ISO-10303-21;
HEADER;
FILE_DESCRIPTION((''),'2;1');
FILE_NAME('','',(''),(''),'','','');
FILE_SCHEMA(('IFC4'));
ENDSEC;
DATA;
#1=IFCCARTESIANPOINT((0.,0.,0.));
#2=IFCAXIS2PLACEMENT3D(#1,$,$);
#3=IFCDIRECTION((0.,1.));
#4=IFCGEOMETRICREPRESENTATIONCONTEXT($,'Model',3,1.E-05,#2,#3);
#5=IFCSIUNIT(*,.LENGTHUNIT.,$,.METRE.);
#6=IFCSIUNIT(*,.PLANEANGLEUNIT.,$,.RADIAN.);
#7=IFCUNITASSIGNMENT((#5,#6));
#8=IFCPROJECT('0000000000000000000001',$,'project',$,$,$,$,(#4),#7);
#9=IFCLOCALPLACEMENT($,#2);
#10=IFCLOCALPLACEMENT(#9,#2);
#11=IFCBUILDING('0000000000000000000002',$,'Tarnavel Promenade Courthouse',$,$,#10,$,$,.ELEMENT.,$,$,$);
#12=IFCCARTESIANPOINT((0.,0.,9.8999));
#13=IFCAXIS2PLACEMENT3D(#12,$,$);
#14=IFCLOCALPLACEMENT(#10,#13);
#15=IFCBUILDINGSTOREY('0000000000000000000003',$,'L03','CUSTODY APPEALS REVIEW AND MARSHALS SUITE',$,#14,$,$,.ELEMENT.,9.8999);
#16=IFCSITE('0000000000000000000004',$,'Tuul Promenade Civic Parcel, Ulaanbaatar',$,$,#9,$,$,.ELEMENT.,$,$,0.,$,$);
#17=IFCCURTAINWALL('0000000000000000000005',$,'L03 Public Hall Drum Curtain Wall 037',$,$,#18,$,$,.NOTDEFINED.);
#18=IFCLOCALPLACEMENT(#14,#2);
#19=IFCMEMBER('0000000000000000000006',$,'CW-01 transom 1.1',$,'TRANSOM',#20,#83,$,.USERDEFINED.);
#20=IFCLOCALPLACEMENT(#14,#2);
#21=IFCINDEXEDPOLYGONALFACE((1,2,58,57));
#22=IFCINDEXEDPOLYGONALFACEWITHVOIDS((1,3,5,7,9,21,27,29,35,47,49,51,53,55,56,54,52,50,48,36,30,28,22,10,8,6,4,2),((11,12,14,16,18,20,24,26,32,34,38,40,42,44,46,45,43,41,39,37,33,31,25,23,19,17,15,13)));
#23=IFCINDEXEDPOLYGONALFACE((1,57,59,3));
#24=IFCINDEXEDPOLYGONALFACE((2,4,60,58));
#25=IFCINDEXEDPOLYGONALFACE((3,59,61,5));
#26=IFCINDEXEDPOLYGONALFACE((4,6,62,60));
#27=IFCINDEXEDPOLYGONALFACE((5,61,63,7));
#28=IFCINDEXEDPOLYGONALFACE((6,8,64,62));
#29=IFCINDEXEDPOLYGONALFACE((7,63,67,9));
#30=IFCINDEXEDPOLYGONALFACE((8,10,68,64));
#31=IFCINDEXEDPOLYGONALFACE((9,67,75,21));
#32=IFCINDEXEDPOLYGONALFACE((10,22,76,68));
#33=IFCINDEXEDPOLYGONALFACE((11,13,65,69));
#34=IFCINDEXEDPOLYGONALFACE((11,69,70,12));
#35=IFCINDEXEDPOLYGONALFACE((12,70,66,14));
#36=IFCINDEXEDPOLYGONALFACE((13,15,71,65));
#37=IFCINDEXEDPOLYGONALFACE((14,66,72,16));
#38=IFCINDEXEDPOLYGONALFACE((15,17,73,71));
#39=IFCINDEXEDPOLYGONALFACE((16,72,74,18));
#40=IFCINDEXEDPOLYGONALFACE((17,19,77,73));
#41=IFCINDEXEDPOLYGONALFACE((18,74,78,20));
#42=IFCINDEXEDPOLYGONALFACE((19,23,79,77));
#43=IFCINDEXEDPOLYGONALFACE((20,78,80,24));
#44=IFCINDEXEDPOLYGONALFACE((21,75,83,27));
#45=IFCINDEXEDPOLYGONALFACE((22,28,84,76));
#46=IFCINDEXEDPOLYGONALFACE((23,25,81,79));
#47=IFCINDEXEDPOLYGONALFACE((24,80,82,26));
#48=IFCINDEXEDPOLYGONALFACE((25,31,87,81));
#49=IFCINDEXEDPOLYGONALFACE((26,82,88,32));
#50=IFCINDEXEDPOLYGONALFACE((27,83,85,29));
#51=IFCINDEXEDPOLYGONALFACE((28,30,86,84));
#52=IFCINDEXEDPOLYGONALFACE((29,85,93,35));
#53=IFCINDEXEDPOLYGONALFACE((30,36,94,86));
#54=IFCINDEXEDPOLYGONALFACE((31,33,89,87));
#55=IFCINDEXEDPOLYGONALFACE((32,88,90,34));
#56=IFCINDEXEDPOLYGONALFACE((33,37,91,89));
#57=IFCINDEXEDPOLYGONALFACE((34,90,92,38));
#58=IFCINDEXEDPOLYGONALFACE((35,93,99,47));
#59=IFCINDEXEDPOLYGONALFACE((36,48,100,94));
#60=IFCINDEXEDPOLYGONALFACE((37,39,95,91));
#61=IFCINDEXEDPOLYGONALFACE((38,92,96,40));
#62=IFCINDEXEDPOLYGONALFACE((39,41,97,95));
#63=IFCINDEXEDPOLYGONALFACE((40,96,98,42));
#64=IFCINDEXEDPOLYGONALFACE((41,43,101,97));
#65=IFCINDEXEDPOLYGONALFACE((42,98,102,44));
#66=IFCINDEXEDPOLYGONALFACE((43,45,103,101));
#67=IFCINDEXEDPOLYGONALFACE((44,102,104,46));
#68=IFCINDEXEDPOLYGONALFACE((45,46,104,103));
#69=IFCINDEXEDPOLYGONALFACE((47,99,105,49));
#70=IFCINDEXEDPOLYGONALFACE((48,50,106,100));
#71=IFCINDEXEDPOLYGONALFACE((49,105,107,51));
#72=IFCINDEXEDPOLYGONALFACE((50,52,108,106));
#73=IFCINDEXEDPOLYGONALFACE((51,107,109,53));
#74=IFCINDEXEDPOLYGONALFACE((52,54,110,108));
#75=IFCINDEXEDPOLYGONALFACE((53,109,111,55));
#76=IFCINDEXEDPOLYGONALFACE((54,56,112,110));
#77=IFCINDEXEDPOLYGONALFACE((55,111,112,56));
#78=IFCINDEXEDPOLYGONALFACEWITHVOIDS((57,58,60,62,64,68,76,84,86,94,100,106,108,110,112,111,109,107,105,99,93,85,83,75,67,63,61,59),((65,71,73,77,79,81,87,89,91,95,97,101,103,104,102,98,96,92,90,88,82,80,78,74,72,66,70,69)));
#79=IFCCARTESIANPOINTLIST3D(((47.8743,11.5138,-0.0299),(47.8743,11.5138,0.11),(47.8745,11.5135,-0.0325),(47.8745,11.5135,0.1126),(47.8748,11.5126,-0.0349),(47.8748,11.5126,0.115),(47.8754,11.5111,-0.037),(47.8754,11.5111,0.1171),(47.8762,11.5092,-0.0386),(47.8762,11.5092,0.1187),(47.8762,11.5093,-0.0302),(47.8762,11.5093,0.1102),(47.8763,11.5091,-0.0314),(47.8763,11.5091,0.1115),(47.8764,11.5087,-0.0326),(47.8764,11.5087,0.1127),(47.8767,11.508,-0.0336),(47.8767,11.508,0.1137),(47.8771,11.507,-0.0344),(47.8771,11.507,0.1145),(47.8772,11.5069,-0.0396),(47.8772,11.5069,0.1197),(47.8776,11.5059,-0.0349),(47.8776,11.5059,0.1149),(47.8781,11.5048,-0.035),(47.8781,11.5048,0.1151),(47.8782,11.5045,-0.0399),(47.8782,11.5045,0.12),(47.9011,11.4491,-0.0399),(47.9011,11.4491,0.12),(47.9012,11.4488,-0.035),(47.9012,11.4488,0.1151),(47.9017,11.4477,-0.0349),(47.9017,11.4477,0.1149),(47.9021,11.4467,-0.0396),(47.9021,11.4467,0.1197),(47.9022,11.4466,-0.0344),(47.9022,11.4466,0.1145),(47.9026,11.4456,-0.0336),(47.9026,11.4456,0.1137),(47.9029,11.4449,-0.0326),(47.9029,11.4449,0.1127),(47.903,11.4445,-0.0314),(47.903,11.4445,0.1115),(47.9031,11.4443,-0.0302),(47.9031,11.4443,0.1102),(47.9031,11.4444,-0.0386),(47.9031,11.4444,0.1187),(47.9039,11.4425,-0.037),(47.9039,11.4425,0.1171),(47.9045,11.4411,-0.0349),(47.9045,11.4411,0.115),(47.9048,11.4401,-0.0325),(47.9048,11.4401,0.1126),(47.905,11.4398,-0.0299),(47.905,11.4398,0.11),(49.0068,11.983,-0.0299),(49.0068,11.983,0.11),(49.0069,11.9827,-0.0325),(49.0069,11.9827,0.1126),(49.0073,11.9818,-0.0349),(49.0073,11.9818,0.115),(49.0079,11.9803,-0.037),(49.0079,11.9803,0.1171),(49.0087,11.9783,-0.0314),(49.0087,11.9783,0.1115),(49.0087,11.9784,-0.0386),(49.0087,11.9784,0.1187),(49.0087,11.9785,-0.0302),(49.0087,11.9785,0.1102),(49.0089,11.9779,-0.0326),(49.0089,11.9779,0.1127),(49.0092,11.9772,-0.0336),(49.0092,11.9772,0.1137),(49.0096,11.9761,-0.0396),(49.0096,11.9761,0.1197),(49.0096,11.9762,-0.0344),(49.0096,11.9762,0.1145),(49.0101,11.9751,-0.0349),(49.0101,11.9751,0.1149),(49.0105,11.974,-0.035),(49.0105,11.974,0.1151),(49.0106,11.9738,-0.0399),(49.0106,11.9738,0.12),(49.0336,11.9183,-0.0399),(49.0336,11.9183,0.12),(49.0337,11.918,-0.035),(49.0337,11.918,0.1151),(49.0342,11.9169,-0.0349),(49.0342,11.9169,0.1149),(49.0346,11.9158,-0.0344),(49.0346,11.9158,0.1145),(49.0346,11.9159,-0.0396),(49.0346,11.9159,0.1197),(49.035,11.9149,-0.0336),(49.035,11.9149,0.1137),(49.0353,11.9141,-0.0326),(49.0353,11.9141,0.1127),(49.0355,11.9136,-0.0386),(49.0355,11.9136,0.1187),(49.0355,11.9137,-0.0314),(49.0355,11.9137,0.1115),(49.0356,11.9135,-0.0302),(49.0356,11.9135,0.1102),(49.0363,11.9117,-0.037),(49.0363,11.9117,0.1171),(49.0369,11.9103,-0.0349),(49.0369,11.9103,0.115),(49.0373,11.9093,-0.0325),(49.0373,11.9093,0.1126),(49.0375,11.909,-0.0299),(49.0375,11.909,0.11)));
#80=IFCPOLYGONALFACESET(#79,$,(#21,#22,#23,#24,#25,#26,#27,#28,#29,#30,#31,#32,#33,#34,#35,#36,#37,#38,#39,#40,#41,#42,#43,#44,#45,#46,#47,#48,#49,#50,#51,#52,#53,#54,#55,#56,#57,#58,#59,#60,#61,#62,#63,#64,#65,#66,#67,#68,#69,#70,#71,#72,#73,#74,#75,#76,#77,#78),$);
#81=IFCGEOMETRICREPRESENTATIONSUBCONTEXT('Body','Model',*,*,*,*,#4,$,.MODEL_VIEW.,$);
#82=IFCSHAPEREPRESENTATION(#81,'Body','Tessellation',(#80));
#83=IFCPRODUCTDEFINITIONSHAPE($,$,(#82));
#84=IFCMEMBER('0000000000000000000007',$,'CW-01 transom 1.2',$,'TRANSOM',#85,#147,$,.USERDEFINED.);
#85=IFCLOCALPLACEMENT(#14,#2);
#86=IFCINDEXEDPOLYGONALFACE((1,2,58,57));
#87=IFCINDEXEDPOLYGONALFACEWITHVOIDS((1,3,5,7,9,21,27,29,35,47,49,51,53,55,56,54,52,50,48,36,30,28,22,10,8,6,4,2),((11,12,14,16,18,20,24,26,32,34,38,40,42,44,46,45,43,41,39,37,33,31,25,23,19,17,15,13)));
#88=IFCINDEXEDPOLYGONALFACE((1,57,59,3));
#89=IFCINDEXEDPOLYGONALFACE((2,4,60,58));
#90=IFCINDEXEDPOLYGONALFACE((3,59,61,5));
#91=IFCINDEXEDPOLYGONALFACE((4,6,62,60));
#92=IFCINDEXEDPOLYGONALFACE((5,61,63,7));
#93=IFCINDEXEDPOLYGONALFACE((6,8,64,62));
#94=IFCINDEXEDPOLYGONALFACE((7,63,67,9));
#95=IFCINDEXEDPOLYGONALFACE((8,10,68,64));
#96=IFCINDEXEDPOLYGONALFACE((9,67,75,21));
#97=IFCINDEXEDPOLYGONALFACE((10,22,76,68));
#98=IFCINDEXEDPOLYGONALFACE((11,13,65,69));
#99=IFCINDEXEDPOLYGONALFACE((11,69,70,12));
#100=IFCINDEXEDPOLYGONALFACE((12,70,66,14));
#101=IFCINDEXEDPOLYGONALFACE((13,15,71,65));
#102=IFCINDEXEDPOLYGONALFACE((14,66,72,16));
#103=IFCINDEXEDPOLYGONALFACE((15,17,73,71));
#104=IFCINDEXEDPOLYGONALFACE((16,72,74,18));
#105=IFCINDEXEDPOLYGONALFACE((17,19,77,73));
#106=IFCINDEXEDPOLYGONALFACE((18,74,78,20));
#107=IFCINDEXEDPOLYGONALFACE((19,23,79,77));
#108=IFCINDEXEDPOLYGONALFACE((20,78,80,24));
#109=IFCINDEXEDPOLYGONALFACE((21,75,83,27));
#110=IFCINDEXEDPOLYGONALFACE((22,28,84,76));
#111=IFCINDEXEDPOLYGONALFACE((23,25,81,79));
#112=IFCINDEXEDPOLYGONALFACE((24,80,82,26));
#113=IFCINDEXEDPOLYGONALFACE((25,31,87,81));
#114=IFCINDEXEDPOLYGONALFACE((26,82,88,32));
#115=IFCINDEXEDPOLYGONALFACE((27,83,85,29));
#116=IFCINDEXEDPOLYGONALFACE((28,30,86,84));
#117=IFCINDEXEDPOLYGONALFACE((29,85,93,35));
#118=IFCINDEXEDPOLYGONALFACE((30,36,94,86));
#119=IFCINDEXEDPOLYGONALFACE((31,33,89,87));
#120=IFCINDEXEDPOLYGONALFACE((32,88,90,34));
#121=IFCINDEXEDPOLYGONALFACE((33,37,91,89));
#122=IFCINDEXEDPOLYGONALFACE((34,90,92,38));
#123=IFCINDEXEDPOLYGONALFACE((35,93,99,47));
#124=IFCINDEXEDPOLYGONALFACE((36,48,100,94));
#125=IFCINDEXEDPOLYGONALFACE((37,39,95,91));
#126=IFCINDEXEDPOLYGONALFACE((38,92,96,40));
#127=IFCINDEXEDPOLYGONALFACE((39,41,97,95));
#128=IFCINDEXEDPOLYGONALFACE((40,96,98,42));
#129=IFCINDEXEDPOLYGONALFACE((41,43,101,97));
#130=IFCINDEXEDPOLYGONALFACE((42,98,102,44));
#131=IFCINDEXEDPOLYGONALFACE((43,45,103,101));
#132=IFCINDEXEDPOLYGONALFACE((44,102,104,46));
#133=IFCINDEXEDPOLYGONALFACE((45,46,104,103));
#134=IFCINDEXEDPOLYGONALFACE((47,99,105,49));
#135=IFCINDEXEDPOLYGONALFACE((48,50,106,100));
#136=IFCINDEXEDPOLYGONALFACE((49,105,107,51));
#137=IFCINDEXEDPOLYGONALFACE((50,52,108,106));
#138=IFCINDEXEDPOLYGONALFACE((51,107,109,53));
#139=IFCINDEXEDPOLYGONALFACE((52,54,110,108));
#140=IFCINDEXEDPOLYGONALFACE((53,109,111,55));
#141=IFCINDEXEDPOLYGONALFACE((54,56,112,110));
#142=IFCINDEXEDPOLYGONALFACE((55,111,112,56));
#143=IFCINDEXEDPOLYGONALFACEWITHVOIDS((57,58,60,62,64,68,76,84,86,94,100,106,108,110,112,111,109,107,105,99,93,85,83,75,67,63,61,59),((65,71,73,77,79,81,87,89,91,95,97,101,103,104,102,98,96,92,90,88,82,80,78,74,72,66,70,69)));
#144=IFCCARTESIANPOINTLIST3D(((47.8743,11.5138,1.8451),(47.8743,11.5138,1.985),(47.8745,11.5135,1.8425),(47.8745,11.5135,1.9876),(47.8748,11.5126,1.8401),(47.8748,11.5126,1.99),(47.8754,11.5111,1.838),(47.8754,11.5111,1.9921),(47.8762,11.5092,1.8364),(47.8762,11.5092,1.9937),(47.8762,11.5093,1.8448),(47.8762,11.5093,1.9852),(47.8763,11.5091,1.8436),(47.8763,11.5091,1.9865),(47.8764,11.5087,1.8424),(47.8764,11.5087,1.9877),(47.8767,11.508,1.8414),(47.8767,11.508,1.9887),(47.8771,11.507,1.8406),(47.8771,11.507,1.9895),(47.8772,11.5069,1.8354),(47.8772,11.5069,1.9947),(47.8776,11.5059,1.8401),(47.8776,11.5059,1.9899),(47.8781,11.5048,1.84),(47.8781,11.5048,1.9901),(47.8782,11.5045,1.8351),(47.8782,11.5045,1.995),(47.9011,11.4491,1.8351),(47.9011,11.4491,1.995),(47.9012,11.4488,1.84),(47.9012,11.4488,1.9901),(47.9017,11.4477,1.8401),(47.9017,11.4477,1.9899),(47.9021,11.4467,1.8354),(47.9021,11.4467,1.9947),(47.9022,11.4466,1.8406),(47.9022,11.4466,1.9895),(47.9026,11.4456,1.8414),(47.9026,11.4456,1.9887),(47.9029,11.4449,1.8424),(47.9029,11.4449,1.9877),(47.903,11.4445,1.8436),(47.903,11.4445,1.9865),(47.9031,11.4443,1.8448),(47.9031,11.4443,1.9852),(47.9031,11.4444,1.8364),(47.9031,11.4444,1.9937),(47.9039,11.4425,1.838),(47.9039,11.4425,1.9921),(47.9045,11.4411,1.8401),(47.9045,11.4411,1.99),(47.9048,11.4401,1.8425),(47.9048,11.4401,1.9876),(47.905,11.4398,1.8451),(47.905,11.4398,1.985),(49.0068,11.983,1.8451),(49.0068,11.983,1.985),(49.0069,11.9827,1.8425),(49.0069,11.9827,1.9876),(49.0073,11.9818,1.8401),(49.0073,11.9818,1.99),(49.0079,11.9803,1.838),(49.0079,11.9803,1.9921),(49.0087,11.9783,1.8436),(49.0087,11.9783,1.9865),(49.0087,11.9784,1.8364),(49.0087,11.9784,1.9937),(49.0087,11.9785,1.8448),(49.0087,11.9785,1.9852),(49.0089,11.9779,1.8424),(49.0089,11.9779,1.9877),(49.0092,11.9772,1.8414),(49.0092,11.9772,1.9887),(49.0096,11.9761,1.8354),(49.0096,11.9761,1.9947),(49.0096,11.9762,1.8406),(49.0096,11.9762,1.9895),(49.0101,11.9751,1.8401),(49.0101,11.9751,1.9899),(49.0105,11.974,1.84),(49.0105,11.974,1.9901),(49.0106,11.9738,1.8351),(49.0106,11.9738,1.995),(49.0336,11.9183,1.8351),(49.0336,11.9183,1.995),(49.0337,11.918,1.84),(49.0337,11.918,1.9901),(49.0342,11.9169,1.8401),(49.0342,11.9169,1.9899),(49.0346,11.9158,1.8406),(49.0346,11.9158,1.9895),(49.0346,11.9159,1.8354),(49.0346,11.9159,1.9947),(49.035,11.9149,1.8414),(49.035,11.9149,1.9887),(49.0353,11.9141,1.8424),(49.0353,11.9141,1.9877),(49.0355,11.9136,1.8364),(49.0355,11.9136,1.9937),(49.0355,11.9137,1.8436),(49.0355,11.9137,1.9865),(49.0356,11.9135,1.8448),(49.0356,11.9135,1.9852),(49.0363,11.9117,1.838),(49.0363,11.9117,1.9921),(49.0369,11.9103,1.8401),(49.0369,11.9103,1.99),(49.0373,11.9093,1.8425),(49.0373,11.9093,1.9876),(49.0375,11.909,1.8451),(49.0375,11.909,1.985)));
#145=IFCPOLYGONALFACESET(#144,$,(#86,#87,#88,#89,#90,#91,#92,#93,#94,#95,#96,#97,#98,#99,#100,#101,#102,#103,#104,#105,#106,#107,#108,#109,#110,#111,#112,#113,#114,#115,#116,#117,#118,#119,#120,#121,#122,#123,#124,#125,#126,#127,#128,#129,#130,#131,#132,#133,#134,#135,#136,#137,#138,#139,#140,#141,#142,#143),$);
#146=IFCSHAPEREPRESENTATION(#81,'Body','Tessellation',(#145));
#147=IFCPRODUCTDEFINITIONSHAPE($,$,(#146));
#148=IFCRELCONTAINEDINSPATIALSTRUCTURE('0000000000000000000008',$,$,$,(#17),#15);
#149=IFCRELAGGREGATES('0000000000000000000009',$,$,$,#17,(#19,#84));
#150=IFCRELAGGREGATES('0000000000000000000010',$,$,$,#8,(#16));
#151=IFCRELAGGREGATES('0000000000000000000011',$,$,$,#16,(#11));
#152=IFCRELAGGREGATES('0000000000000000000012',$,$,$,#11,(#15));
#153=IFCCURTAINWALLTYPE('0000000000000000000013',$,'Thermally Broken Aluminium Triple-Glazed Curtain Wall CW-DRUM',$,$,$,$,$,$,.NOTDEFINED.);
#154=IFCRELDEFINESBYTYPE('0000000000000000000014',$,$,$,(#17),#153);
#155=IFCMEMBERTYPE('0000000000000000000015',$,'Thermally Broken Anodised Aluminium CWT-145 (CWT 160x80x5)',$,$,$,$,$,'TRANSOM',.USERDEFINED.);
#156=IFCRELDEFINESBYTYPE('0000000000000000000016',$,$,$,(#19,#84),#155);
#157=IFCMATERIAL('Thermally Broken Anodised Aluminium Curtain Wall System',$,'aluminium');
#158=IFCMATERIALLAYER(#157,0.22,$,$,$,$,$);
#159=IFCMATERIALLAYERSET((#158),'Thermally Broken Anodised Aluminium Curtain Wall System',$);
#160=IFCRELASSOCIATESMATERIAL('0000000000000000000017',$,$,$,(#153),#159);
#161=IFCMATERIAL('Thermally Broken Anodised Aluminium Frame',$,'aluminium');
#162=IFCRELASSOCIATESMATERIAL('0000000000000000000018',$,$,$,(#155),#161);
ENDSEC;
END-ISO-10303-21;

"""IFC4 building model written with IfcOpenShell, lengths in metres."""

from ifc_helpers import new_model, si_unit, direction, frame, origin, origin_2d, place, context, subcontext, project, spatial, hollow_rectangle, extrude, material, layer, layer_set, material_profile, profile_set, type_object, element, aggregate, save


model = new_model("IFC4")

# Units and contexts
model_context = context("Model", 3, precision=1e-05, world=origin(), true_north=direction((0.0, 1.0)))
body_context = subcontext(model_context, "Body", "Model", "MODEL_VIEW")
ifc_project = project(units=[si_unit("LENGTHUNIT", "METRE"), si_unit("PLANEANGLEUNIT", "RADIAN")], contexts=[model_context])

# Site, building, storey
site_placement = place(None, origin())
site = spatial("IfcSite", under=ifc_project, at=site_placement, Name="Tuul Promenade Civic Parcel, Ulaanbaatar", CompositionType="ELEMENT", RefElevation=0.0)
building_placement = place(site_placement, origin())
building = spatial("IfcBuilding", under=site, at=building_placement, Name="Tarnavel Promenade Courthouse", CompositionType="ELEMENT")
storey_placement = place(building_placement, frame((0.0, 0.0, 9.8999)))
storey = spatial("IfcBuildingStorey", under=building, at=storey_placement, Name="L03", Description="CUSTODY APPEALS REVIEW AND MARSHALS SUITE", CompositionType="ELEMENT", Elevation=9.8999)

# Curtain wall
ifc_material_1 = material(Name="Thermally Broken Anodised Aluminium Curtain Wall System", Category="aluminium")
ifc_layer_1 = layer(ifc_material_1, 0.22)
ifc_layer_set_1 = layer_set([ifc_layer_1], Name="Thermally Broken Anodised Aluminium Curtain Wall System")
curtain_wall_type = type_object("IfcCurtainWallType", Name="Thermally Broken Aluminium Triple-Glazed Curtain Wall CW-DRUM", PredefinedType="NOTDEFINED", material=ifc_layer_set_1)
ifc_material_2 = material(Name="Thermally Broken Anodised Aluminium Frame", Category="aluminium")
curtain_wall_1_placement = place(storey_placement, origin())
curtain_wall_1 = element("IfcCurtainWall", 1, at=curtain_wall_1_placement, inside=storey, type_object=curtain_wall_type, Name="L03 Public Hall Drum Curtain Wall 037", PredefinedType="NOTDEFINED")

# Members
ifc_material_profile_1 = material_profile(ifc_material_2, hollow_rectangle(XDim=0.0801, YDim=0.1599, WallThickness=0.0049, InnerFilletRadius=0.0049, OuterFilletRadius=0.01, at=origin_2d()), Name="CWT 160x80x5")
ifc_profile_set_1 = profile_set([ifc_material_profile_1], Name="Thermally Broken Anodised Aluminium Frame")
member_type_1 = type_object("IfcMemberType", Name="Thermally Broken Anodised Aluminium CWT-145 (CWT 160x80x5)", ElementType="TRANSOM", PredefinedType="USERDEFINED", material=ifc_profile_set_1)
member_1_placement = place(storey_placement, frame((47.8896, 11.4768, 0.04), z_axis=(0.923847, 0.382762, 0.0), x_axis=(-0.382762, 0.923847, 0.0)))
member_1 = element("IfcMember", 2, at=member_1_placement, type_object=member_type_1, Name="CW-01 transom 1.1", ObjectType="TRANSOM", PredefinedType="USERDEFINED", context=body_context, shape_type="SweptSolid", body=[
    extrude(hollow_rectangle(XDim=0.0801, YDim=0.1599, WallThickness=0.0049, InnerFilletRadius=0.0049, OuterFilletRadius=0.01, at=origin_2d()), origin(), (0.0, 0.0, 1.0), 1.2258),
])
member_2_placement = place(storey_placement, frame((47.8896, 11.4768, 1.915), z_axis=(0.923847, 0.382762, 0.0), x_axis=(-0.382762, 0.923847, 0.0)))
member_2 = element("IfcMember", 3, at=member_2_placement, type_object=member_type_1, Name="CW-01 transom 1.2", ObjectType="TRANSOM", PredefinedType="USERDEFINED", context=body_context, shape_type="SweptSolid", body=[
    extrude(hollow_rectangle(XDim=0.0801, YDim=0.1599, WallThickness=0.0049, InnerFilletRadius=0.0049, OuterFilletRadius=0.01, at=origin_2d()), origin(), (0.0, 0.0, 1.0), 1.2258),
])

aggregate(curtain_wall_1, [member_1, member_2])

save(model, "model.ifc")
